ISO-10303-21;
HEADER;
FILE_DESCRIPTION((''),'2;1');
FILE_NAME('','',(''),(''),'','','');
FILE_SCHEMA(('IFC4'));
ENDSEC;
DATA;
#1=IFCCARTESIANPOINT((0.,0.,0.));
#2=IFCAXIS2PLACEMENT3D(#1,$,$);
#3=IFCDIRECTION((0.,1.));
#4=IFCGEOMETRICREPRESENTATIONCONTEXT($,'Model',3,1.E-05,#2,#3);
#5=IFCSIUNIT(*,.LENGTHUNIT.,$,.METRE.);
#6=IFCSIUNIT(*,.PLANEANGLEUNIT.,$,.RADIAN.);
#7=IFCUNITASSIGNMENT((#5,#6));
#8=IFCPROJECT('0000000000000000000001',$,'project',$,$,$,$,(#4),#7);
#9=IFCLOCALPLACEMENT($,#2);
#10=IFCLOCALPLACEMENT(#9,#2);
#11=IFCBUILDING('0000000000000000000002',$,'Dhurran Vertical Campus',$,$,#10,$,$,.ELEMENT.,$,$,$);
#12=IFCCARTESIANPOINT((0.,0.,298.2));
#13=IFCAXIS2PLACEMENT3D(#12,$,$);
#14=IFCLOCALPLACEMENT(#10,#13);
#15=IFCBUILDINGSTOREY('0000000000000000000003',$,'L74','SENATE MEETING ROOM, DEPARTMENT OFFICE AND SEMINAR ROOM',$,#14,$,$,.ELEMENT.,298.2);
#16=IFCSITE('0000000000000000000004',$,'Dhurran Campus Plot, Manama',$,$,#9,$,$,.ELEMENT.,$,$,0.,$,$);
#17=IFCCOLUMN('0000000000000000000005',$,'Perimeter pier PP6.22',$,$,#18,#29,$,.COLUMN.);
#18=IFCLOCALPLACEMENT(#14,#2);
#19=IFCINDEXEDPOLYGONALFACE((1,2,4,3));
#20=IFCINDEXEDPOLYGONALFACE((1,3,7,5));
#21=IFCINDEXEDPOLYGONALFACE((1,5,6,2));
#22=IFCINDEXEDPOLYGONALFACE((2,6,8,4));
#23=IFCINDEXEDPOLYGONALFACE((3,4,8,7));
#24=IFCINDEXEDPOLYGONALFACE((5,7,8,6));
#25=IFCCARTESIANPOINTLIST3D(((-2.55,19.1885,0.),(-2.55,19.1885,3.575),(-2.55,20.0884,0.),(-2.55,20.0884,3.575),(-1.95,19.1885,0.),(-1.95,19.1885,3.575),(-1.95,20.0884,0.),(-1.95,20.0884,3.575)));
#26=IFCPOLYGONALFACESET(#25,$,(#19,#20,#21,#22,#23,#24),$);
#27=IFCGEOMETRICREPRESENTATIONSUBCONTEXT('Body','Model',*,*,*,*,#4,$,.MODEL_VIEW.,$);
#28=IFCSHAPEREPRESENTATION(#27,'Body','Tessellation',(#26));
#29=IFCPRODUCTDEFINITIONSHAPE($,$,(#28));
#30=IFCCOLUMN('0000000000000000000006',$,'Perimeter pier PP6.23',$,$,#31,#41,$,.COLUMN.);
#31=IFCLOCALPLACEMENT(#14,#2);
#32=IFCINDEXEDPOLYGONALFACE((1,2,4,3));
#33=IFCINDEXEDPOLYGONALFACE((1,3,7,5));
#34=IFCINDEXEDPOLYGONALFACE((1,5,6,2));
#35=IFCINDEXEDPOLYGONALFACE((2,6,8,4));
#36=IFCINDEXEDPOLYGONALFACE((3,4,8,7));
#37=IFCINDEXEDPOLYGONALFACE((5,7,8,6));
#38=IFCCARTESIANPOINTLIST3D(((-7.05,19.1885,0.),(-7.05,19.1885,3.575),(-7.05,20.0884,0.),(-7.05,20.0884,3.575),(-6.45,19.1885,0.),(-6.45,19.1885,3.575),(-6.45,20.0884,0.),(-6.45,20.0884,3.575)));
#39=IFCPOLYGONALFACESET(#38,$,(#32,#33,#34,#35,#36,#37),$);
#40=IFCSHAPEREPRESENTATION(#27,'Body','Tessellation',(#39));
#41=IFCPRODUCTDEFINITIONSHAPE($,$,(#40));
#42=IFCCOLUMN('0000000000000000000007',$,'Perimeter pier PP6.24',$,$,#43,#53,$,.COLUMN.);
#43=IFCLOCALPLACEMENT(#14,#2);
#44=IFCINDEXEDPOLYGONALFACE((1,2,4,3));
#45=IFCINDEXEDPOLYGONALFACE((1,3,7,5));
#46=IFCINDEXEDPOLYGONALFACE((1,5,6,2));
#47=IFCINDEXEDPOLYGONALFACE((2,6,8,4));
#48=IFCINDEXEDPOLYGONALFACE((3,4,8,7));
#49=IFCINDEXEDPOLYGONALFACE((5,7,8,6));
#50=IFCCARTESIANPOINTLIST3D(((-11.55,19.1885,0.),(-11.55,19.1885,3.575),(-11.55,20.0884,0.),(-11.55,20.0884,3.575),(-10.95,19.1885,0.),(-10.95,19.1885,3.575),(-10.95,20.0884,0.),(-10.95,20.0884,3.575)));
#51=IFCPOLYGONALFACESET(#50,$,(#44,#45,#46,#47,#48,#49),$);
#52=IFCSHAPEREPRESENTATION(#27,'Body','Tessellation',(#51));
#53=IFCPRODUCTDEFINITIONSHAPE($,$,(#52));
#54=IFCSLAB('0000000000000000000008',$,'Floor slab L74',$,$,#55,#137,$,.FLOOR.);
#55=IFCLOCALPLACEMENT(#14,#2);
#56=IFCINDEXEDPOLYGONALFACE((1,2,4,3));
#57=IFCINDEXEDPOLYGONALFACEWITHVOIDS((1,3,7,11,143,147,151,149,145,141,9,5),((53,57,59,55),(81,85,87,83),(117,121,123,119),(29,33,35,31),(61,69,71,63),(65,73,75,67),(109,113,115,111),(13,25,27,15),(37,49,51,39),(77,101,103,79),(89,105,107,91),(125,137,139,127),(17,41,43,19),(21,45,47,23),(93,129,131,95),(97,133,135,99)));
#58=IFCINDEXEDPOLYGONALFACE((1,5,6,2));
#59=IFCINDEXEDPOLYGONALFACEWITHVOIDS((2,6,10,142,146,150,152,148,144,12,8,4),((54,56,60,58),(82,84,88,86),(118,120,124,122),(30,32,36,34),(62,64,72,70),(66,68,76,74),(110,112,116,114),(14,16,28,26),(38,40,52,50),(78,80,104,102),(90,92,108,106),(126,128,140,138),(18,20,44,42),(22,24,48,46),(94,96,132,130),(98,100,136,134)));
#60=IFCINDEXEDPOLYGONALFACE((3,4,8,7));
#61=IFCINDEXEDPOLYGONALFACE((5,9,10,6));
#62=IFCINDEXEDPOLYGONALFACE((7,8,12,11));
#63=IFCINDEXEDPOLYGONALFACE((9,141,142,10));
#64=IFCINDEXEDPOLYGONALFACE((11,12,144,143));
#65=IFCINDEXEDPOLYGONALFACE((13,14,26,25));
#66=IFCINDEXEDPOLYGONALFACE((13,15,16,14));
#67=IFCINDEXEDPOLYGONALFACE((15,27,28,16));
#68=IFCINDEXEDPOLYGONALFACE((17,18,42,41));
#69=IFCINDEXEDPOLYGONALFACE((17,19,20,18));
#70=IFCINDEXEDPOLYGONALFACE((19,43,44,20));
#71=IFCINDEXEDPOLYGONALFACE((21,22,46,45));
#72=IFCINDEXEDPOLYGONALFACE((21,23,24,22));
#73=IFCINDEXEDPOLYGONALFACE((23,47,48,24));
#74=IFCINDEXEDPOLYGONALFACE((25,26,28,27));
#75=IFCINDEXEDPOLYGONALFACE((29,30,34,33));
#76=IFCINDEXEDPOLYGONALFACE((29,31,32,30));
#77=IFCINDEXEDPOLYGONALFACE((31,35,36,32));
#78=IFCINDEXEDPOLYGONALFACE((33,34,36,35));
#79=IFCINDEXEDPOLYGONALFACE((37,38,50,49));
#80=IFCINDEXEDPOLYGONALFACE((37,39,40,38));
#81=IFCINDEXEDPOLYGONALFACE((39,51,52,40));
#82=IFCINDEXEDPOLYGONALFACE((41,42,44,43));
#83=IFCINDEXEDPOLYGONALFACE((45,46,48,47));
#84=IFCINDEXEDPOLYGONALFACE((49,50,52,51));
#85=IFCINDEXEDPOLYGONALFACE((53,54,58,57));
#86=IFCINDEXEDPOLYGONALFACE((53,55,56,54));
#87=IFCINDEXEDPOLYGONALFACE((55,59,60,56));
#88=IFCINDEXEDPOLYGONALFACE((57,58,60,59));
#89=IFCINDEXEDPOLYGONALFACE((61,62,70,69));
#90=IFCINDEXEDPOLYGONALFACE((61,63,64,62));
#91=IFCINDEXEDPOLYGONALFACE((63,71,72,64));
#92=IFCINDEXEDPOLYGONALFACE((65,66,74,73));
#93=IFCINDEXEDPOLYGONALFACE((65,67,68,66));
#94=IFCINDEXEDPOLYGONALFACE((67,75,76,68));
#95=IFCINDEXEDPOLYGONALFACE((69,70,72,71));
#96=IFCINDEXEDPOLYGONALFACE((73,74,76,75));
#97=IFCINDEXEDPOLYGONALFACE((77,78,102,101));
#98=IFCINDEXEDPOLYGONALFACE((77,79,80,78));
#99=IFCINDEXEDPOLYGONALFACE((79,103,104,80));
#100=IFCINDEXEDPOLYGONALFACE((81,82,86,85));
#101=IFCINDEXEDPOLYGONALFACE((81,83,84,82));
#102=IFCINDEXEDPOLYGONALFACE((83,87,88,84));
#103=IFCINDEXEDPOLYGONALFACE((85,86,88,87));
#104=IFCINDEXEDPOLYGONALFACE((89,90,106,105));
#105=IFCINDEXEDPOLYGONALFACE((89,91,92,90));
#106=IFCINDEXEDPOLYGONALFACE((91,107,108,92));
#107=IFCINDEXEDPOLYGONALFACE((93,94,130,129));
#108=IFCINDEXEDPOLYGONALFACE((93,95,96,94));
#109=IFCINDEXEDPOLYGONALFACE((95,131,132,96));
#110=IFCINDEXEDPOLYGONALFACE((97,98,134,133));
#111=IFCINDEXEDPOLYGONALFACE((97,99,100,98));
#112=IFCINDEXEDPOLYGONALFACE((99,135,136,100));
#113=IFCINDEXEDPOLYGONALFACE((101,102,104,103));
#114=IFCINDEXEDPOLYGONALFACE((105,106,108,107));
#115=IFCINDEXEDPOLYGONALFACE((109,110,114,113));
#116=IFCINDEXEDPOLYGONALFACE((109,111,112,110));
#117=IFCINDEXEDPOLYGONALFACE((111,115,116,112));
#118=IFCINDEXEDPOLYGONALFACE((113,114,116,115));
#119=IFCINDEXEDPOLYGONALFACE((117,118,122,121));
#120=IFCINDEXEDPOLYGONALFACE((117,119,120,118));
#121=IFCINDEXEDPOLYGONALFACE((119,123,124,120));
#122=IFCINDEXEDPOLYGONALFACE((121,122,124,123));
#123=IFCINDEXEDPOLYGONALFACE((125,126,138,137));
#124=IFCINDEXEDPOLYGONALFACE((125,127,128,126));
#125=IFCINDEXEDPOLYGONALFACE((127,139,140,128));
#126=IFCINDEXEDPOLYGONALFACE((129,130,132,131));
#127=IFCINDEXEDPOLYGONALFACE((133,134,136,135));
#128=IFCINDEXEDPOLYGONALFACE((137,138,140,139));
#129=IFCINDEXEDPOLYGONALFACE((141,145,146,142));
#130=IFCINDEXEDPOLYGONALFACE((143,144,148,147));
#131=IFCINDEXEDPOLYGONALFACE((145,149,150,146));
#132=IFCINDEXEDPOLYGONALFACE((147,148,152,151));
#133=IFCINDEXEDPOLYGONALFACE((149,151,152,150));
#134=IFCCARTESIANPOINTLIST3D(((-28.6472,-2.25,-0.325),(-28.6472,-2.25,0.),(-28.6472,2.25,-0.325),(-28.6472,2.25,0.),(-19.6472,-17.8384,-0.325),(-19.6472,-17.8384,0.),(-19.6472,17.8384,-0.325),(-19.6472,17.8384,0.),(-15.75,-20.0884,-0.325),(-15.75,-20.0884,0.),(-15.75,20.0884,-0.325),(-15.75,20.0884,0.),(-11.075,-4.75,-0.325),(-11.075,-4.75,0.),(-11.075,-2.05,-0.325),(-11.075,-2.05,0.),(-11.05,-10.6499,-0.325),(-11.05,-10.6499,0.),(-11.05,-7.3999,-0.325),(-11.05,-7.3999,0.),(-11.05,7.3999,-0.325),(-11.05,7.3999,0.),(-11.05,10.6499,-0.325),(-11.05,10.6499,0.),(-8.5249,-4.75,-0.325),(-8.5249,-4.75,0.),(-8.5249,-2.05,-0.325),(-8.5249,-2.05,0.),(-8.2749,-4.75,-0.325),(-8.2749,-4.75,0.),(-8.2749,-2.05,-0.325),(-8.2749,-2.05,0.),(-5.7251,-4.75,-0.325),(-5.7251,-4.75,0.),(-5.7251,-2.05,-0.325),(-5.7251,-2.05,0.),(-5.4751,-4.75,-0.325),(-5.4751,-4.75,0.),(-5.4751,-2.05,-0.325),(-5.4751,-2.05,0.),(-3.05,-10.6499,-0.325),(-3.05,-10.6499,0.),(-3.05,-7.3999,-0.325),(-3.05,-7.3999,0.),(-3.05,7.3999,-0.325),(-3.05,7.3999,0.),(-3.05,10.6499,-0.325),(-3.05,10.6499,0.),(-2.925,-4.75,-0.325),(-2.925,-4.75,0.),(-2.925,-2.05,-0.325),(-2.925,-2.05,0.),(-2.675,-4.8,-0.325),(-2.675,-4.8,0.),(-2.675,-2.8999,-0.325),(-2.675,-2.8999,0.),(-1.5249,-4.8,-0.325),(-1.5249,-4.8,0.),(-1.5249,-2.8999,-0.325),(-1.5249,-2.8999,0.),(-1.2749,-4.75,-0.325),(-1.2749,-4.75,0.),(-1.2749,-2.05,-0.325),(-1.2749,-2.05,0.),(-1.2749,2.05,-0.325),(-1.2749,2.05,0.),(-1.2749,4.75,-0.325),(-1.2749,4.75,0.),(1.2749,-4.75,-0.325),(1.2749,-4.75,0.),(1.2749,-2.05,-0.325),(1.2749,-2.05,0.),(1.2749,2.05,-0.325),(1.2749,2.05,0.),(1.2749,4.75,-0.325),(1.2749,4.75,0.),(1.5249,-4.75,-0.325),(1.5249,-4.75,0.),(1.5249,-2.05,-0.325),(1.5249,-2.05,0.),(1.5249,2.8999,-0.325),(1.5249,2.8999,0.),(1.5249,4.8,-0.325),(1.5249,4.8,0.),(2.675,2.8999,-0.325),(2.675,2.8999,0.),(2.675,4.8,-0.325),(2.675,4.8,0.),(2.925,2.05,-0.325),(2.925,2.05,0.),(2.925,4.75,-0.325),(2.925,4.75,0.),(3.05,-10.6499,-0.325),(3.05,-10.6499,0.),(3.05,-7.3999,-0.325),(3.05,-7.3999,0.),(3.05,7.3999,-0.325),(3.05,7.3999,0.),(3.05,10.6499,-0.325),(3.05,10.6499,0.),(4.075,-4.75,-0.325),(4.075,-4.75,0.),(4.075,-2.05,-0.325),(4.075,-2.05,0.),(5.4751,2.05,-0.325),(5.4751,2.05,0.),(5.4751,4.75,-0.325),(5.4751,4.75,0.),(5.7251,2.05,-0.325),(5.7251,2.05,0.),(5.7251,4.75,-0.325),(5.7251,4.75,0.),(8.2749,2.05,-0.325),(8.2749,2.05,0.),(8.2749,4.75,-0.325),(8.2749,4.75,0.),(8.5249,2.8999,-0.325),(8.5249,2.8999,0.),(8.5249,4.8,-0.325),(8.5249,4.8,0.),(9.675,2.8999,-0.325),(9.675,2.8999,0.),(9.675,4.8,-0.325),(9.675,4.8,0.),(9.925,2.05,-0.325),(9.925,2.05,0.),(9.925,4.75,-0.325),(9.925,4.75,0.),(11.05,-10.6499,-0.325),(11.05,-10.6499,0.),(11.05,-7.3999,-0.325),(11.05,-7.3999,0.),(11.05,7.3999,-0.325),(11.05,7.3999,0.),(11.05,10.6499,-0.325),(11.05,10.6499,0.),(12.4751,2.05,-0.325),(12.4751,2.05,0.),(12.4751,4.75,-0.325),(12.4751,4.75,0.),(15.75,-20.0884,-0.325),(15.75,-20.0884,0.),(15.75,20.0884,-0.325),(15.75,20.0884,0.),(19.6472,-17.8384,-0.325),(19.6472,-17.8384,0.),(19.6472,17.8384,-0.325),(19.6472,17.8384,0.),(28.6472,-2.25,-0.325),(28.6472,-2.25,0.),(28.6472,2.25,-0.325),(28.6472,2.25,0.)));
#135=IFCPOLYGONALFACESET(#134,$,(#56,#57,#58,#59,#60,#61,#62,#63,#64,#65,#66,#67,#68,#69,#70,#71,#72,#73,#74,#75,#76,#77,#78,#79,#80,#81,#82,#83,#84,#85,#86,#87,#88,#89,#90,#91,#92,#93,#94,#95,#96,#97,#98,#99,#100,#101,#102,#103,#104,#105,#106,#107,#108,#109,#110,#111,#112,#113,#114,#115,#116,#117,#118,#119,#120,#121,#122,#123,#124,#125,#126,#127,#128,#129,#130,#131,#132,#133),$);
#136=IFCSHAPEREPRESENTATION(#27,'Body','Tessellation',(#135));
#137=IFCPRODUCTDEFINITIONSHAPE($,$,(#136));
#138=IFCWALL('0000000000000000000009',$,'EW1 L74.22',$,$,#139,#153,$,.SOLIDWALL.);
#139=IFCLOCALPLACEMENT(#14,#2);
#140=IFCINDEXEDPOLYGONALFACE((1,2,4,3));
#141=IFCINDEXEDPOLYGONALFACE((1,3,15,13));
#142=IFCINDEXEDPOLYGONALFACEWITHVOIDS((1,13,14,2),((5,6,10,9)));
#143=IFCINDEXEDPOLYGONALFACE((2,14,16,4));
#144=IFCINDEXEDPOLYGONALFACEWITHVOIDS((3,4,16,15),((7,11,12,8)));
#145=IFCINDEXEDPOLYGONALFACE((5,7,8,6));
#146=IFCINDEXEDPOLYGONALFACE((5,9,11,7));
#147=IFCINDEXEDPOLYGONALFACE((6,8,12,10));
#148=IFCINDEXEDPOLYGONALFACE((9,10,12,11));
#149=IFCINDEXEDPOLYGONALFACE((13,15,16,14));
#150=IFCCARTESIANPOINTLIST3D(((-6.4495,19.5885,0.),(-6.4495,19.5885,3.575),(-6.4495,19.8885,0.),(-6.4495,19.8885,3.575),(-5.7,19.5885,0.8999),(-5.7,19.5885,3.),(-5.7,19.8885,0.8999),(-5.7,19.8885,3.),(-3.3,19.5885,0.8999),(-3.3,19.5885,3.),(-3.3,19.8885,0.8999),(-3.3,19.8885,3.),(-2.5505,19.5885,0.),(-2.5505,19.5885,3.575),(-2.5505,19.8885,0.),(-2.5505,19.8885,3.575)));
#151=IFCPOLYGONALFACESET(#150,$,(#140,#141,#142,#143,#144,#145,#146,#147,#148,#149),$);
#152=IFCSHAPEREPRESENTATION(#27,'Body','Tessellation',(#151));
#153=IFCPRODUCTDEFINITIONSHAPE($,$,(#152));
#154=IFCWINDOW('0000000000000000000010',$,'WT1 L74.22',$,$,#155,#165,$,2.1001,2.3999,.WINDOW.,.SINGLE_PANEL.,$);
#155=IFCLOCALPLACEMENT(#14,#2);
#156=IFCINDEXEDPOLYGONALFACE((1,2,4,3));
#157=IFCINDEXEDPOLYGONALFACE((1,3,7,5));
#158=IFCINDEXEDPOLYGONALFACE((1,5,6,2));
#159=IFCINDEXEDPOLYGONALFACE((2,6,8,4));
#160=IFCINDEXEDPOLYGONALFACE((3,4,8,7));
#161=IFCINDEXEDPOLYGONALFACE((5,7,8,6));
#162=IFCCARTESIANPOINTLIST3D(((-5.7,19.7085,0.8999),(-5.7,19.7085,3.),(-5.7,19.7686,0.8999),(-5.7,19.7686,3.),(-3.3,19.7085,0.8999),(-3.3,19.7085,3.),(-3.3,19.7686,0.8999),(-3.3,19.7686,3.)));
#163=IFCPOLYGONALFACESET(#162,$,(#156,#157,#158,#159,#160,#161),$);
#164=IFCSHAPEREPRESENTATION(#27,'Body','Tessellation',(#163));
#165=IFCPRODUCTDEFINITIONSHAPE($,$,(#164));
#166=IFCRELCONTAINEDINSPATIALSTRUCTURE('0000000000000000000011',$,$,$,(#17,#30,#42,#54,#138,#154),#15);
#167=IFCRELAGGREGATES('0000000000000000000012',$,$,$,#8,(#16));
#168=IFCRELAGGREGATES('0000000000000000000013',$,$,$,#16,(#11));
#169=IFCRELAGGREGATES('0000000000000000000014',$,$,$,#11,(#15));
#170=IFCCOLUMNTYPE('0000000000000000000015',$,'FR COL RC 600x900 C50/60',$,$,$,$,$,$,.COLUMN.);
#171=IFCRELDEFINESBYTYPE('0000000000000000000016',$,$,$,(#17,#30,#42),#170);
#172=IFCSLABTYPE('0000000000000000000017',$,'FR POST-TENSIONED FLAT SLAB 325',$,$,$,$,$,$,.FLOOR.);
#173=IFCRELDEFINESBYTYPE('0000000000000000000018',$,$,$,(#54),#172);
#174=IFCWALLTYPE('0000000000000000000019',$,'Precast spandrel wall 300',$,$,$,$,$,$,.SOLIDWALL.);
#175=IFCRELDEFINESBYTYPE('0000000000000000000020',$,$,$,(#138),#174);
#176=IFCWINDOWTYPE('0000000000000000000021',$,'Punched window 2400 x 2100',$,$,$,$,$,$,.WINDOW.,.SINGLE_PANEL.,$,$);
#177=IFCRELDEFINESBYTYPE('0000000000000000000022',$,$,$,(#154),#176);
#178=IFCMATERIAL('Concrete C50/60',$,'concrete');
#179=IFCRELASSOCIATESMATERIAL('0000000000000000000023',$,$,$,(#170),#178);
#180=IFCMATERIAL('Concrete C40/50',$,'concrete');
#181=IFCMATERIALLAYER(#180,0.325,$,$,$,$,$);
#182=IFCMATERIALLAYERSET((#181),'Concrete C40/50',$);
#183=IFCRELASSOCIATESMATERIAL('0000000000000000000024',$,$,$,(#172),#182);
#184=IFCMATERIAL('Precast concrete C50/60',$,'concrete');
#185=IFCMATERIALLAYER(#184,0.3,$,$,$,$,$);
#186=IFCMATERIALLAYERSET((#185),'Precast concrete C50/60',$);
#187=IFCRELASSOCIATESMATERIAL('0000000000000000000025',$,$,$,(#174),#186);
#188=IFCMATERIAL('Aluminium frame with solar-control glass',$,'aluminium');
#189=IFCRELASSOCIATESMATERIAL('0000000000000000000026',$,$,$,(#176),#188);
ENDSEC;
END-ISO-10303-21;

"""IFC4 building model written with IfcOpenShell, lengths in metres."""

from ifc_helpers import new_model, si_unit, direction, frame, frame_2d, origin, origin_2d, place, context, subcontext, project, spatial, polyline, rectangle, outline, extrude, material, layer, layer_set, material_profile, profile_set, type_object, element, fill, save


model = new_model("IFC4")

# Units and contexts
model_context = context("Model", 3, precision=1e-05, world=origin(), true_north=direction((0.0, 1.0)))
body_context = subcontext(model_context, "Body", "Model", "MODEL_VIEW")
ifc_project = project(units=[si_unit("LENGTHUNIT", "METRE"), si_unit("PLANEANGLEUNIT", "RADIAN")], contexts=[model_context])

# Site, building, storey
site_placement = place(None, origin())
site = spatial("IfcSite", under=ifc_project, at=site_placement, Name="Dhurran Campus Plot, Manama", CompositionType="ELEMENT", RefElevation=0.0)
building_placement = place(site_placement, origin())
building = spatial("IfcBuilding", under=site, at=building_placement, Name="Dhurran Vertical Campus", CompositionType="ELEMENT")
storey_placement = place(building_placement, frame((0.0, 0.0, 298.2)))
storey = spatial("IfcBuildingStorey", under=building, at=storey_placement, Name="L74", Description="SENATE MEETING ROOM, DEPARTMENT OFFICE AND SEMINAR ROOM", CompositionType="ELEMENT", Elevation=298.2)

# Columns
ifc_material_1 = material(Name="Concrete C50/60", Category="concrete")
ifc_material_profile = material_profile(ifc_material_1, rectangle(XDim=0.6001, YDim=0.8999, at=origin_2d()), Name="RC 600x900")
ifc_profile_set = profile_set([ifc_material_profile], Name="Concrete C50/60")
column_type = type_object("IfcColumnType", Name="FR COL RC 600x900 C50/60", PredefinedType="COLUMN", material=ifc_profile_set)
for number, where, z_axis, x_axis, name in (
    (1, (-2.25, 19.6384, 0.0), (0.0, 0.0, 1.0), (-1.0, 0.0, 0.0), "Perimeter pier PP6.22"),
    (2, (-6.75, 19.6384, 0.0), (0.0, 0.0, 1.0), (-1.0, 0.0, 0.0), "Perimeter pier PP6.23"),
    (3, (-11.25, 19.6384, 0.0), (0.0, 0.0, 1.0), (-1.0, 0.0, 0.0), "Perimeter pier PP6.24"),
):
    element("IfcColumn", number, at=place(storey_placement, frame(where, z_axis=z_axis, x_axis=x_axis)), inside=storey, type_object=column_type, Name=name, PredefinedType="COLUMN", context=body_context, shape_type="SweptSolid", body=[
        extrude(rectangle(XDim=0.6001, YDim=0.8999, at=origin_2d()), origin(), (0.0, 0.0, 1.0), 3.575),
    ])

# Slab
ifc_material_2 = material(Name="Concrete C40/50", Category="concrete")
ifc_layer_1 = layer(ifc_material_2, 0.325)
ifc_layer_set_1 = layer_set([ifc_layer_1], Name="Concrete C40/50")
slab_type = type_object("IfcSlabType", Name="FR POST-TENSIONED FLAT SLAB 325", PredefinedType="FLOOR", material=ifc_layer_set_1)
slab_placement = place(storey_placement, frame((0.0, 0.0, -0.325)))
element("IfcSlab", 4, at=slab_placement, inside=storey, type_object=slab_type, Name="Floor slab L74", PredefinedType="FLOOR", context=body_context, shape_type="SweptSolid", body=[
    extrude(outline(polyline([(-15.75, -20.0884), (15.75, -20.0884), (19.6472, -17.8384), (28.6472, -2.25), (28.6472, 2.25), (19.6472, 17.8384), (15.75, 20.0884), (-15.75, 20.0884), (-19.6472, 17.8384), (-28.6472, 2.25), (-28.6472, -2.25), (-19.6472, -17.8384), (-15.75, -20.0884)]), holes=[polyline([(-1.2749, 2.05), (1.2749, 2.05), (1.2749, 4.75), (-1.2749, 4.75), (-1.2749, 2.05)]), polyline([(9.925, 2.05), (12.4751, 2.05), (12.4751, 4.75), (9.925, 4.75), (9.925, 2.05)]), polyline([(-1.2749, -4.75), (1.2749, -4.75), (1.2749, -2.05), (-1.2749, -2.05), (-1.2749, -4.75)]), polyline([(1.5249, -4.75), (4.075, -4.75), (4.075, -2.05), (1.5249, -2.05), (1.5249, -4.75)]), polyline([(2.925, 2.05), (5.4751, 2.05), (5.4751, 4.75), (2.925, 4.75), (2.925, 2.05)]), polyline([(5.7251, 2.05), (8.2749, 2.05), (8.2749, 4.75), (5.7251, 4.75), (5.7251, 2.05)]), polyline([(-11.075, -4.75), (-8.5249, -4.75), (-8.5249, -2.05), (-11.075, -2.05), (-11.075, -4.75)]), polyline([(-8.2749, -4.75), (-5.7251, -4.75), (-5.7251, -2.05), (-8.2749, -2.05), (-8.2749, -4.75)]), polyline([(-5.4751, -4.75), (-2.925, -4.75), (-2.925, -2.05), (-5.4751, -2.05), (-5.4751, -4.75)]), polyline([(-11.05, 7.3999), (-3.05, 7.3999), (-3.05, 10.6499), (-11.05, 10.6499), (-11.05, 7.3999)]), polyline([(3.05, 7.3999), (11.05, 7.3999), (11.05, 10.6499), (3.05, 10.6499), (3.05, 7.3999)]), polyline([(-11.05, -10.6499), (-3.05, -10.6499), (-3.05, -7.3999), (-11.05, -7.3999), (-11.05, -10.6499)]), polyline([(3.05, -10.6499), (11.05, -10.6499), (11.05, -7.3999), (3.05, -7.3999), (3.05, -10.6499)]), polyline([(2.675, 2.8999), (1.5249, 2.8999), (1.5249, 4.8), (2.675, 4.8), (2.675, 2.8999)]), polyline([(-2.675, -2.8999), (-1.5249, -2.8999), (-1.5249, -4.8), (-2.675, -4.8), (-2.675, -2.8999)]), polyline([(9.675, 2.8999), (8.5249, 2.8999), (8.5249, 4.8), (9.675, 4.8), (9.675, 2.8999)])]), origin(), (0.0, 0.0, 1.0), 0.325),
])

# Wall, opening, window
ifc_material_3 = material(Name="Precast concrete C50/60", Category="concrete")
ifc_layer_2 = layer(ifc_material_3, 0.3)
ifc_layer_set_2 = layer_set([ifc_layer_2], Name="Precast concrete C50/60")
wall_type_1 = type_object("IfcWallType", Name="Precast spandrel wall 300", PredefinedType="SOLIDWALL", material=ifc_layer_set_2)
wall_1_placement = place(storey_placement, frame((-2.5505, 19.7385, 0.0), z_axis=(0.0, 0.0, 1.0), x_axis=(-1.0, 0.0, 0.0)))
wall_1 = element("IfcWall", 5, at=wall_1_placement, inside=storey, type_object=wall_type_1, Name="EW1 L74.22", PredefinedType="SOLIDWALL", context=body_context, shape_type="SweptSolid", body=[
    extrude(rectangle(XDim=3.8989, YDim=0.3, at=frame_2d((1.9495, 0.0))), origin(), (0.0, 0.0, 1.0), 3.575),
])
opening_1_placement = place(wall_1_placement, frame((0.7495, 0.0, 0.8999)))
opening_1 = element("IfcOpeningElement", 6, at=opening_1_placement, cuts=wall_1, PredefinedType="OPENING", context=body_context, shape_type="SweptSolid", body=[
    extrude(rectangle(XDim=2.3999, YDim=2.1001, at=frame_2d((1.2, 1.05))), frame((0.0, 0.1599, 0.0), z_axis=(0.0, -1.0, 0.0), x_axis=(1.0, 0.0, 0.0)), (0.0, 0.0, 1.0), 0.3201),
])
ifc_material_4 = material(Name="Aluminium frame with solar-control glass", Category="aluminium")
window_type = type_object("IfcWindowType", Name="Punched window 2400 x 2100", PartitioningType="SINGLE_PANEL", PredefinedType="WINDOW", material=ifc_material_4)
window_1_placement = place(opening_1_placement, origin())
window_1 = element("IfcWindow", 7, at=window_1_placement, inside=storey, type_object=window_type, Name="WT1 L74.22", OverallHeight=2.1001, OverallWidth=2.3999, PartitioningType="SINGLE_PANEL", PredefinedType="WINDOW", context=body_context, shape_type="SweptSolid", body=[
    extrude(rectangle(XDim=2.3999, YDim=2.1001, at=frame_2d((1.2, 1.05))), frame((0.0, 0.03, 0.0), z_axis=(0.0, -1.0, 0.0), x_axis=(1.0, 0.0, 0.0)), (0.0, 0.0, 1.0), 0.0601),
])
fill(opening_1, window_1)

save(model, "model.ifc")
